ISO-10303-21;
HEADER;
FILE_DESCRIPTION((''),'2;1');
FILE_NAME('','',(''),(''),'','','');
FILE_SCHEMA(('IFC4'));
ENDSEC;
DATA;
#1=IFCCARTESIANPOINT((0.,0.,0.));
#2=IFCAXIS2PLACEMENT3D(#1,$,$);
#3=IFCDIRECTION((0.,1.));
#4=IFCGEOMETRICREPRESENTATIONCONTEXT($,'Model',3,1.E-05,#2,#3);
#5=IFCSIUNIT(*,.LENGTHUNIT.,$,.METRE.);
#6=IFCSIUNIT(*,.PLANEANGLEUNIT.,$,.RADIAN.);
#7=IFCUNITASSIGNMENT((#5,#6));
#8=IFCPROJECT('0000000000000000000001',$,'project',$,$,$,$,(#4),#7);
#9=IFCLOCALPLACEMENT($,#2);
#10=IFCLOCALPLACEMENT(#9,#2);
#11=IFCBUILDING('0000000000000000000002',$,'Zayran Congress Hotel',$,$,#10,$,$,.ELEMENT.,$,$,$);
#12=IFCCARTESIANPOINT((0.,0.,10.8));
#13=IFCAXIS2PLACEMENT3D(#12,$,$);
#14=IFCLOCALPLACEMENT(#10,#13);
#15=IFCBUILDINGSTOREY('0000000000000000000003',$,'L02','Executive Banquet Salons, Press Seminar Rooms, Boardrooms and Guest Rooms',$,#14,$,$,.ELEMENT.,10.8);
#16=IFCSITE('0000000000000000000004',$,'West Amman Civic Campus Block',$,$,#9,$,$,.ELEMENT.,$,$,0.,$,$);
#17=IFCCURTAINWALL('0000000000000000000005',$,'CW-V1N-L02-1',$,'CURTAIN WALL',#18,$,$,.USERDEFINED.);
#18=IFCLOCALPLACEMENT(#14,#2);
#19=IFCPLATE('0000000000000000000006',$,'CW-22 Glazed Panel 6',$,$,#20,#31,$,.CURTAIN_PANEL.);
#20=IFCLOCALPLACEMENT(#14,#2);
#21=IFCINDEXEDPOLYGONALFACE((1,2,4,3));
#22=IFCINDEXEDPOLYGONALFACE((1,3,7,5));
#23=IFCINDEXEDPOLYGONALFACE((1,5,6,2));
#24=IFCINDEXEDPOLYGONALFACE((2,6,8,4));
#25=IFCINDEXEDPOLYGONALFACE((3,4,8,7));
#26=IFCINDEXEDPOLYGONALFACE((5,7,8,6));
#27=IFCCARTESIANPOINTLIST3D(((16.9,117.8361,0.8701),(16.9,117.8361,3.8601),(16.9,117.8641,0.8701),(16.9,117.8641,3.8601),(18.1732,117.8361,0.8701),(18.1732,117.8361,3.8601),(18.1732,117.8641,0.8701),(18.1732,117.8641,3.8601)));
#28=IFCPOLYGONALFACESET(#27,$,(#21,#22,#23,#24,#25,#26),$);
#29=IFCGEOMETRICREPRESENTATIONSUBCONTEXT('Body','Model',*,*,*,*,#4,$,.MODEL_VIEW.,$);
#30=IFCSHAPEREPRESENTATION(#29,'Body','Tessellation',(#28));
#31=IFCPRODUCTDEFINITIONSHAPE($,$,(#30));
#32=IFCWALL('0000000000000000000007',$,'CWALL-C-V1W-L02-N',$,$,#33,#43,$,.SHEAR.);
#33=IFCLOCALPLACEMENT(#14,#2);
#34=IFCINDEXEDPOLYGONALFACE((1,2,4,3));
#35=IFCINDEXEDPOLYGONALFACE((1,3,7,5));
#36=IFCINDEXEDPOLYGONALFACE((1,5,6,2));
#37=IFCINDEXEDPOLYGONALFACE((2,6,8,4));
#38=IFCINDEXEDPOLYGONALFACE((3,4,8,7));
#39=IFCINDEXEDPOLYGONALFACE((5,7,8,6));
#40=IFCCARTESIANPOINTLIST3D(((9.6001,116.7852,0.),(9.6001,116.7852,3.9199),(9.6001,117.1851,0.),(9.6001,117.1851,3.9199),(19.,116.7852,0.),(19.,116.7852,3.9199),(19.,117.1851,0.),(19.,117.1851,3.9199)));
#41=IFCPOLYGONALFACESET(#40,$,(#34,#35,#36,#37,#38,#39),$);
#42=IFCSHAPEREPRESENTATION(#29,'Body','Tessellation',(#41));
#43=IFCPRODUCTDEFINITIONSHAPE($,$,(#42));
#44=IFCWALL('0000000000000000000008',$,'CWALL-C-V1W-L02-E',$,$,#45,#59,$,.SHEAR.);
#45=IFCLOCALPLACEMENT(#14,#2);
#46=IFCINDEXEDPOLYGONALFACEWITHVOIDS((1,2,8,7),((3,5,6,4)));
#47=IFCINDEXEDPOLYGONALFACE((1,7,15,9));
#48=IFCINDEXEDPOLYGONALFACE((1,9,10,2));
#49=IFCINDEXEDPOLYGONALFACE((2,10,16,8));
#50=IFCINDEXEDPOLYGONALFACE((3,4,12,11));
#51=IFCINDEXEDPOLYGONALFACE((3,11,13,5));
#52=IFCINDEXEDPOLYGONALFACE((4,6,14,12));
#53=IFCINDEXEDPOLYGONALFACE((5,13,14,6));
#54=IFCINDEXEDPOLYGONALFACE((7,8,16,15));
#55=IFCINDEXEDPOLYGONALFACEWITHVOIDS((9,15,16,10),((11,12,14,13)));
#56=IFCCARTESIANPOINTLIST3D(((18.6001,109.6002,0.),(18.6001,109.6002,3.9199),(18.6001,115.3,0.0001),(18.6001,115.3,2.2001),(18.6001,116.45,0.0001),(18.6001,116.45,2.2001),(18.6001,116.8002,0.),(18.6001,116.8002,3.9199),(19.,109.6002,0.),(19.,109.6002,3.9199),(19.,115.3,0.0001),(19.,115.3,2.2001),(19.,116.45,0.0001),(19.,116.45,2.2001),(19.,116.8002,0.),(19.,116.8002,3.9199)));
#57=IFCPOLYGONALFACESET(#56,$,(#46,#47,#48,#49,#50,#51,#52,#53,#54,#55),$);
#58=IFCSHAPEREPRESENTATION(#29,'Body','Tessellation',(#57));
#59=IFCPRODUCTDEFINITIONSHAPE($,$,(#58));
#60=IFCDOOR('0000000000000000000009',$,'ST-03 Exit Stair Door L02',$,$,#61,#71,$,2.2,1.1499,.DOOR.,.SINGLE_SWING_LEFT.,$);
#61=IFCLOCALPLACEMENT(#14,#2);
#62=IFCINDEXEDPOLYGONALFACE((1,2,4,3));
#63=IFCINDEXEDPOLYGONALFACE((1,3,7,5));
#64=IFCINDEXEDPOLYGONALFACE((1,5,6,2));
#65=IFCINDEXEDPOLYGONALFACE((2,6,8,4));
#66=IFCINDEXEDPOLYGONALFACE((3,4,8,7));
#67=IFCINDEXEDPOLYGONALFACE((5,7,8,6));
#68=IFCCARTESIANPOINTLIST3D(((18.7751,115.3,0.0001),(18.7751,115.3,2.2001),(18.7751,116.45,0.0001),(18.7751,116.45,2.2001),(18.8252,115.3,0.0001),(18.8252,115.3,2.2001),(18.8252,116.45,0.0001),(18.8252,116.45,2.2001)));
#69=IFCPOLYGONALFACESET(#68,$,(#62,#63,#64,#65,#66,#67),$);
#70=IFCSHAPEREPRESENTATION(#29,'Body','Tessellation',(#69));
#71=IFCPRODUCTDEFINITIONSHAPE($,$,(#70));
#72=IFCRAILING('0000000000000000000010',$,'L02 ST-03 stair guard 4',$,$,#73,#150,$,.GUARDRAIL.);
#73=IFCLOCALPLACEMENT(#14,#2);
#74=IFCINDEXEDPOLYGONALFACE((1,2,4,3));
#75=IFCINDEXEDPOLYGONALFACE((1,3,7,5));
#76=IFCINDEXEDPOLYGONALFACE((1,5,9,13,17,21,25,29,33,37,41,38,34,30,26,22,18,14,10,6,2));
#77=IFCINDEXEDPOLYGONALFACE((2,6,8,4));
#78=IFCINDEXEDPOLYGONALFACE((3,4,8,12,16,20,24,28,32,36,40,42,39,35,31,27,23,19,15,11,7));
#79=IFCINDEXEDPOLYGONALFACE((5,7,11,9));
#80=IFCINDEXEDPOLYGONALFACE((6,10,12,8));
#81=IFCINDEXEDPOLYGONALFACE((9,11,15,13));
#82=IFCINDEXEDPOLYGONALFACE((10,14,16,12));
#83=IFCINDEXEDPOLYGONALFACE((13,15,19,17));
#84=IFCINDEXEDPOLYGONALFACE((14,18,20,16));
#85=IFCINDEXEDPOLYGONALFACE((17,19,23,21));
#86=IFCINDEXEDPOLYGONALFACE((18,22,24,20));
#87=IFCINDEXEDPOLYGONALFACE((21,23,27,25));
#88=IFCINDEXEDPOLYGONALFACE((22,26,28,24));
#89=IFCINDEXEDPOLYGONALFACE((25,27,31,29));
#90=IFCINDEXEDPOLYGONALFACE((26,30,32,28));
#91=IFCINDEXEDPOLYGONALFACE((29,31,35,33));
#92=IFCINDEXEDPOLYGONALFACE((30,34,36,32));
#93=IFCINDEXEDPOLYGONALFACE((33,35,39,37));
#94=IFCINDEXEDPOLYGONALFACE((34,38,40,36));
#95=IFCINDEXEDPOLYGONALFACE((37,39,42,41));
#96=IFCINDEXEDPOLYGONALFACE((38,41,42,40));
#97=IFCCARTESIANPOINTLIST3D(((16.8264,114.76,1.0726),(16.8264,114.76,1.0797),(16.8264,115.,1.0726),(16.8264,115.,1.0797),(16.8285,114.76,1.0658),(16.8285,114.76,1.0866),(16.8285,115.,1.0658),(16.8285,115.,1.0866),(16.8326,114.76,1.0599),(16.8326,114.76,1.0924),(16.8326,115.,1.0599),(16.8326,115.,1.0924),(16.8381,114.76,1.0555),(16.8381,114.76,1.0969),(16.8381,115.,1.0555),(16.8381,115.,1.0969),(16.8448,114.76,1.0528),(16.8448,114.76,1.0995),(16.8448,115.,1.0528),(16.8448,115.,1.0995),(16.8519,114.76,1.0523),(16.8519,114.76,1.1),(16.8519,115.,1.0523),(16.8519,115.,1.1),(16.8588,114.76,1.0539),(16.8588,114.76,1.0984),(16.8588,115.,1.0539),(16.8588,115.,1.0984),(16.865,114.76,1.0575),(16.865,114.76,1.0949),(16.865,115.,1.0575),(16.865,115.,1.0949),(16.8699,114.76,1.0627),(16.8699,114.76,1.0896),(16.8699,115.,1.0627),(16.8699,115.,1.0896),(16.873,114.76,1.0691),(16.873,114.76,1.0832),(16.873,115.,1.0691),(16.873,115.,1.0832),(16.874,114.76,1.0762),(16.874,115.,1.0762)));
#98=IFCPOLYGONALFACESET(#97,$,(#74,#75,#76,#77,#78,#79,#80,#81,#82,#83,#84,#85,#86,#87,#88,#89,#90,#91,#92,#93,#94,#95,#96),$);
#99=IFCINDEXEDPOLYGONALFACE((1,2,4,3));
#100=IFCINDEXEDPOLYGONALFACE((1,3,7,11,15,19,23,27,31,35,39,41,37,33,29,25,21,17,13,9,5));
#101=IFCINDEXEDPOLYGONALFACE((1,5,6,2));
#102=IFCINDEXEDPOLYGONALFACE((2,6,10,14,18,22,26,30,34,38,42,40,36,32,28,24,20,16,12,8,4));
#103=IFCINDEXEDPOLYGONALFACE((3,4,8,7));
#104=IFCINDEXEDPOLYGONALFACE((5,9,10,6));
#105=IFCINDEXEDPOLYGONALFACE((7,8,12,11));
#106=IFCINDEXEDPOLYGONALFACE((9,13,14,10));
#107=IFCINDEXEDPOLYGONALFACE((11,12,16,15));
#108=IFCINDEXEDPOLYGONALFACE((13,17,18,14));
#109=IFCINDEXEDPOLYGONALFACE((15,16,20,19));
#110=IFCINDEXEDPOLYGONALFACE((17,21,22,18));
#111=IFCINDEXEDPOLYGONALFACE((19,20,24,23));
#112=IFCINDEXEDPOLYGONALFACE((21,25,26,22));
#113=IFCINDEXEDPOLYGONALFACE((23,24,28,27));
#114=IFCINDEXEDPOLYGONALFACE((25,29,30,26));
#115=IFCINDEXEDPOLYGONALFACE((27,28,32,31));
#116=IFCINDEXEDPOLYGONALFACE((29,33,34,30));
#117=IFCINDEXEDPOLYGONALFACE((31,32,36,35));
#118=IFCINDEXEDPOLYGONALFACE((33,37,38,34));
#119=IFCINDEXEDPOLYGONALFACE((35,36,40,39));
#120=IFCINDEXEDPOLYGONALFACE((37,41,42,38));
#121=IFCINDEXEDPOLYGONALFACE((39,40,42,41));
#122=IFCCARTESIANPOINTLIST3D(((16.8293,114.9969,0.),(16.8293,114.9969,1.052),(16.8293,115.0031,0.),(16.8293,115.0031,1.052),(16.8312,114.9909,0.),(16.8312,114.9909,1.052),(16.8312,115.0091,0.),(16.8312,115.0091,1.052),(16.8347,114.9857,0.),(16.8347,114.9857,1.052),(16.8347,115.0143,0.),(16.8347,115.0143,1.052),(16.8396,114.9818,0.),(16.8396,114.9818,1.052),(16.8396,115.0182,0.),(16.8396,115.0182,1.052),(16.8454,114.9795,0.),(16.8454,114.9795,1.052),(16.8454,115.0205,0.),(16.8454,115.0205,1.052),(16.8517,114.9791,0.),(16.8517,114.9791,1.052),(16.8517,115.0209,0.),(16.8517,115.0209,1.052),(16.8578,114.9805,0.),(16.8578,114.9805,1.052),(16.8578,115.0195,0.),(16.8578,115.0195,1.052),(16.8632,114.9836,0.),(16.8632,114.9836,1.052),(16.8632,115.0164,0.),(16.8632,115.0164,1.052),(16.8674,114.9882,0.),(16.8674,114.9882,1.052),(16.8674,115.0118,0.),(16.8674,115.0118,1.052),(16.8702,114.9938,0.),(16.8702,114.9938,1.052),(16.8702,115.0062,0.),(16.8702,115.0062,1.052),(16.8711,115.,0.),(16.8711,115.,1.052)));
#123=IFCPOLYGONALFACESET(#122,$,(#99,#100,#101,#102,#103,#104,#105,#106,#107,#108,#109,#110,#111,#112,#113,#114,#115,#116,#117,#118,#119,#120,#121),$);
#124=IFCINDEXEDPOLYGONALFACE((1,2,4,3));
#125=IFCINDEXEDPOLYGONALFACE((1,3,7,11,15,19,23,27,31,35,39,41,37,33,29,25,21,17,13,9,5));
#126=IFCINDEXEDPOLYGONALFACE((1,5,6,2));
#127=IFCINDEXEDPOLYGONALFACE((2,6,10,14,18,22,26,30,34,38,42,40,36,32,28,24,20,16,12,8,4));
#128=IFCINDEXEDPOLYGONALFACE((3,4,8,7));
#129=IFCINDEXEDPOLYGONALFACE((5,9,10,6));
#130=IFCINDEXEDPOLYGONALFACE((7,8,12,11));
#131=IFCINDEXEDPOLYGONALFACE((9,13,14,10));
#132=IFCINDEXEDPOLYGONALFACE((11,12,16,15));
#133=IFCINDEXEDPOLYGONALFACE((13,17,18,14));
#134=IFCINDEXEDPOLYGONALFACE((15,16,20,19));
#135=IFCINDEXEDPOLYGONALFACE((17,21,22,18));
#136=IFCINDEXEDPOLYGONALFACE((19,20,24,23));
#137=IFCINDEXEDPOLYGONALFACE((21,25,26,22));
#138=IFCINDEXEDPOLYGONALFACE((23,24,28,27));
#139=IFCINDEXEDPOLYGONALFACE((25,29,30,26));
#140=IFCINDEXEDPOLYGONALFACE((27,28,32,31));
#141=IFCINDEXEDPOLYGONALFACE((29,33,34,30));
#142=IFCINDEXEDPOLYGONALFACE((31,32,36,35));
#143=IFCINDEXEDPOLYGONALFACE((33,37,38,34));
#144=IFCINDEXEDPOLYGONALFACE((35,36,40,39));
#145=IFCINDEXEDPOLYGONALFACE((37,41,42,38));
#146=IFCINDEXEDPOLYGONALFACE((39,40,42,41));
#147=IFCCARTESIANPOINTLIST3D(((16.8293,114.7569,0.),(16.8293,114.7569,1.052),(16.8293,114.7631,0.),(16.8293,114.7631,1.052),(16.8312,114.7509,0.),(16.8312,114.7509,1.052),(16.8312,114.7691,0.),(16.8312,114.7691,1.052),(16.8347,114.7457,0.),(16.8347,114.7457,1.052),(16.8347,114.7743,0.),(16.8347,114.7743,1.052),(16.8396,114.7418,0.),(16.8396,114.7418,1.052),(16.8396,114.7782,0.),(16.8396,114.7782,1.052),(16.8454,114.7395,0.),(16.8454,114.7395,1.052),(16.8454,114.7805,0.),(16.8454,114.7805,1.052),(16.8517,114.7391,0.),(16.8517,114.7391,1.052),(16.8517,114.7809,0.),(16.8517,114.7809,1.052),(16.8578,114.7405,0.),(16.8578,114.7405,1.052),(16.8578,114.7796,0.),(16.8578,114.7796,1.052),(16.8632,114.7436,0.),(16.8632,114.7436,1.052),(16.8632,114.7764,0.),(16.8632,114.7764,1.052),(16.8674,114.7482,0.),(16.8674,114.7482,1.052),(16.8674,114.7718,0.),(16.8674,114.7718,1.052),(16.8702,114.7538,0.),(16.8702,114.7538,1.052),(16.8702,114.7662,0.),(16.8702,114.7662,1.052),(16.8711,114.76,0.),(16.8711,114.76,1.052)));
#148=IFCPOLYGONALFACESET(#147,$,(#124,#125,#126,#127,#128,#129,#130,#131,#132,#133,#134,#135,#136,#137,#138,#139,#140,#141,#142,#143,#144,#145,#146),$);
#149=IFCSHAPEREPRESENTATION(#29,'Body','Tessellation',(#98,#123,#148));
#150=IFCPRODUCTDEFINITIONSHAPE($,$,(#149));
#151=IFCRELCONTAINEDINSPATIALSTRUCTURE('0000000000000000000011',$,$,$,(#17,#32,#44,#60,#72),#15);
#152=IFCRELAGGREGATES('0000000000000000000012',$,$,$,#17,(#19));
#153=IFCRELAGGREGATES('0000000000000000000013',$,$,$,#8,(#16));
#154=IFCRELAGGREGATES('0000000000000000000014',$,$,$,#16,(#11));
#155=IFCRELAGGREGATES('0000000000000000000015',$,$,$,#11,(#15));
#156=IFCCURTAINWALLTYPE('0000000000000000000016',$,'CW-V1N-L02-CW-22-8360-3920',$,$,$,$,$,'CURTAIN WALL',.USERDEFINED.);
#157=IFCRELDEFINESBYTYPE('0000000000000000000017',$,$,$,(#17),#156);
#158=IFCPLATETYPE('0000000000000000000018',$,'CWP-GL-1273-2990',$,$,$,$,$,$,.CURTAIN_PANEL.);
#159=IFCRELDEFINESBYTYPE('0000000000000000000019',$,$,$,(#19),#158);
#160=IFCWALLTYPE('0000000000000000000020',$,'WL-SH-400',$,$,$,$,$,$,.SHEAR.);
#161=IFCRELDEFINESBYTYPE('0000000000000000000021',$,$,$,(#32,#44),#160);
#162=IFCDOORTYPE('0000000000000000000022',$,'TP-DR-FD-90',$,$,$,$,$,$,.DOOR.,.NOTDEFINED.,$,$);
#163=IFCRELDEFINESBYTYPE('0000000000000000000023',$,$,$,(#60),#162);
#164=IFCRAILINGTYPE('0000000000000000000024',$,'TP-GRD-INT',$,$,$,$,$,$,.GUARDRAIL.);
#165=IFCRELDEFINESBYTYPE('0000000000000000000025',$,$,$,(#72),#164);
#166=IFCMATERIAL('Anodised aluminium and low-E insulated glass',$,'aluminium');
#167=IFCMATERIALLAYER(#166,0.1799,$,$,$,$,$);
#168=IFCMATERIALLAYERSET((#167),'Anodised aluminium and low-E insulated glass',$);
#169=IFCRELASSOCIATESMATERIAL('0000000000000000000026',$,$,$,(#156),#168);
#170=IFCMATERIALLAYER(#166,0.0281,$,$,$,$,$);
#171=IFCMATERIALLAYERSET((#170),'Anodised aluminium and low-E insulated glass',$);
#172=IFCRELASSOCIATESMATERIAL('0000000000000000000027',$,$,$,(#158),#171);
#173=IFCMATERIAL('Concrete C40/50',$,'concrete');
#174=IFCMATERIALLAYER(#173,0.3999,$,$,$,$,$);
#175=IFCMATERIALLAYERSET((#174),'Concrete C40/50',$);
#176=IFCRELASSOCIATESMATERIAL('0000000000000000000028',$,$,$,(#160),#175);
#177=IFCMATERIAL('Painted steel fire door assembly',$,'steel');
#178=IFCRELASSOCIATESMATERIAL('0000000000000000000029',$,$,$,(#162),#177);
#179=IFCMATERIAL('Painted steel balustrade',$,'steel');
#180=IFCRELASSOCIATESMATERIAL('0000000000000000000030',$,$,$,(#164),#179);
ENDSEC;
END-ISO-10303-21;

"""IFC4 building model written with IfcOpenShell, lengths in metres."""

from ifc_helpers import new_model, si_unit, direction, frame, frame_2d, origin, origin_2d, place, context, subcontext, project, spatial, rectangle, circle, extrude, material, layer, layer_set, type_object, element, fill, aggregate, save


model = new_model("IFC4")

# Units and contexts
model_context = context("Model", 3, precision=1e-05, world=origin(), true_north=direction((0.0, 1.0)))
body_context = subcontext(model_context, "Body", "Model", "MODEL_VIEW")
ifc_project = project(units=[si_unit("LENGTHUNIT", "METRE"), si_unit("PLANEANGLEUNIT", "RADIAN")], contexts=[model_context])

# Site, building, storey
site_placement = place(None, origin())
site = spatial("IfcSite", under=ifc_project, at=site_placement, Name="West Amman Civic Campus Block", CompositionType="ELEMENT", RefElevation=0.0)
building_placement = place(site_placement, origin())
building = spatial("IfcBuilding", under=site, at=building_placement, Name="Zayran Congress Hotel", CompositionType="ELEMENT")
storey_placement = place(building_placement, frame((0.0, 0.0, 10.8)))
storey = spatial("IfcBuildingStorey", under=building, at=storey_placement, Name="L02", Description="Executive Banquet Salons, Press Seminar Rooms, Boardrooms and Guest Rooms", CompositionType="ELEMENT", Elevation=10.8)

# Curtain wall, plate
ifc_material_1 = material(Name="Anodised aluminium and low-E insulated glass", Category="aluminium")
ifc_layer_1 = layer(ifc_material_1, 0.1799)
ifc_layer_set_1 = layer_set([ifc_layer_1], Name="Anodised aluminium and low-E insulated glass")
curtain_wall_type = type_object("IfcCurtainWallType", Name="CW-V1N-L02-CW-22-8360-3920", ElementType="CURTAIN WALL", PredefinedType="USERDEFINED", material=ifc_layer_set_1)
curtain_wall_placement = place(storey_placement, origin())
curtain_wall = element("IfcCurtainWall", 1, at=curtain_wall_placement, inside=storey, type_object=curtain_wall_type, Name="CW-V1N-L02-1", ObjectType="CURTAIN WALL", PredefinedType="USERDEFINED")
ifc_layer_2 = layer(ifc_material_1, 0.0281)
ifc_layer_set_2 = layer_set([ifc_layer_2], Name="Anodised aluminium and low-E insulated glass")
plate_type_1 = type_object("IfcPlateType", Name="CWP-GL-1273-2990", PredefinedType="CURTAIN_PANEL", material=ifc_layer_set_2)
plate_1_placement = place(storey_placement, frame((17.5366, 117.8501, 0.8701), z_axis=(0.0, 0.0, 1.0), x_axis=(1.0, 0.0, 0.0)))
plate_1 = element("IfcPlate", 2, at=plate_1_placement, type_object=plate_type_1, Name="CW-22 Glazed Panel 6", PredefinedType="CURTAIN_PANEL", context=body_context, shape_type="SweptSolid", body=[
    extrude(rectangle(XDim=1.2732, YDim=0.0281, at=origin_2d()), origin(), (0.0, 0.0, 1.0), 2.99),
])
aggregate(curtain_wall, [plate_1])

# Wall
ifc_material_2 = material(Name="Concrete C40/50", Category="concrete")
ifc_layer_3 = layer(ifc_material_2, 0.3999)
ifc_layer_set_3 = layer_set([ifc_layer_3], Name="Concrete C40/50")
wall_type = type_object("IfcWallType", Name="WL-SH-400", PredefinedType="SHEAR", material=ifc_layer_set_3)
wall_1_placement = place(storey_placement, frame((19.0, 116.9851, 0.0), z_axis=(0.0, 0.0, 1.0), x_axis=(-1.0, 0.0, 0.0)))
element("IfcWall", 3, at=wall_1_placement, inside=storey, type_object=wall_type, Name="CWALL-C-V1W-L02-N", PredefinedType="SHEAR", context=body_context, shape_type="SweptSolid", body=[
    extrude(rectangle(XDim=9.3999, YDim=0.3999, at=frame_2d((4.7, 0.0))), origin(), (0.0, 0.0, 1.0), 3.9199),
])

# Wall, opening, door
wall_2_placement = place(storey_placement, frame((18.8, 109.6001, 0.0), z_axis=(0.0, 0.0, 1.0), x_axis=(0.0, 1.0, 0.0)))
wall_2 = element("IfcWall", 4, at=wall_2_placement, inside=storey, type_object=wall_type, Name="CWALL-C-V1W-L02-E", PredefinedType="SHEAR", context=body_context, shape_type="SweptSolid", body=[
    extrude(rectangle(XDim=7.2, YDim=0.3999, at=frame_2d((3.6001, 0.0))), origin(), (0.0, 0.0, 1.0), 3.9199),
])
opening_placement = place(wall_2_placement, frame((5.7, 0.0, 0.0)))
opening = element("IfcOpeningElement", 5, at=opening_placement, cuts=wall_2, PredefinedType="OPENING", context=body_context, shape_type="SweptSolid", body=[
    extrude(rectangle(XDim=1.1499, YDim=2.2, at=frame_2d((0.575, 1.1001))), frame((0.0, 0.21, 0.0), z_axis=(0.0, -1.0, 0.0), x_axis=(1.0, 0.0, 0.0)), (0.0, 0.0, 1.0), 0.4199),
])
ifc_material_3 = material(Name="Painted steel fire door assembly", Category="steel")
door_type = type_object("IfcDoorType", Name="TP-DR-FD-90", OperationType="NOTDEFINED", PredefinedType="DOOR", material=ifc_material_3)
door_placement = place(opening_placement, origin())
door = element("IfcDoor", 6, at=door_placement, inside=storey, type_object=door_type, Name="ST-03 Exit Stair Door L02", OperationType="SINGLE_SWING_LEFT", OverallHeight=2.2, OverallWidth=1.1499, PredefinedType="DOOR", context=body_context, shape_type="SweptSolid", body=[
    extrude(rectangle(XDim=1.1499, YDim=2.2, at=frame_2d((0.575, 1.1001))), frame((0.0, 0.0249, 0.0), z_axis=(0.0, -1.0, 0.0), x_axis=(1.0, 0.0, 0.0)), (0.0, 0.0, 1.0), 0.05),
])
fill(opening, door)

# Railing
ifc_material_4 = material(Name="Painted steel balustrade", Category="steel")
railing_type = type_object("IfcRailingType", Name="TP-GRD-INT", PredefinedType="GUARDRAIL", material=ifc_material_4)
railing_placement = place(storey_placement, frame((16.8501, 115.0, 0.0)))
element("IfcRailing", 7, at=railing_placement, inside=storey, type_object=railing_type, Name="L02 ST-03 stair guard 4", PredefinedType="GUARDRAIL", context=body_context, shape_type="SweptSolid", body=[
    extrude(circle(Radius=0.0239, at=origin_2d()), frame((0.0, 0.0, 1.0762), z_axis=(0.0, -1.0, 0.0), x_axis=(1.0, 0.0, 0.0)), (0.0, 0.0, 1.0), 0.24),
    extrude(circle(Radius=0.021, at=origin_2d()), origin(), (0.0, 0.0, 1.0), 1.052),
    extrude(circle(Radius=0.021, at=origin_2d()), frame((0.0, -0.24, 0.0)), (0.0, 0.0, 1.0), 1.052),
])

save(model, "model.ifc")
